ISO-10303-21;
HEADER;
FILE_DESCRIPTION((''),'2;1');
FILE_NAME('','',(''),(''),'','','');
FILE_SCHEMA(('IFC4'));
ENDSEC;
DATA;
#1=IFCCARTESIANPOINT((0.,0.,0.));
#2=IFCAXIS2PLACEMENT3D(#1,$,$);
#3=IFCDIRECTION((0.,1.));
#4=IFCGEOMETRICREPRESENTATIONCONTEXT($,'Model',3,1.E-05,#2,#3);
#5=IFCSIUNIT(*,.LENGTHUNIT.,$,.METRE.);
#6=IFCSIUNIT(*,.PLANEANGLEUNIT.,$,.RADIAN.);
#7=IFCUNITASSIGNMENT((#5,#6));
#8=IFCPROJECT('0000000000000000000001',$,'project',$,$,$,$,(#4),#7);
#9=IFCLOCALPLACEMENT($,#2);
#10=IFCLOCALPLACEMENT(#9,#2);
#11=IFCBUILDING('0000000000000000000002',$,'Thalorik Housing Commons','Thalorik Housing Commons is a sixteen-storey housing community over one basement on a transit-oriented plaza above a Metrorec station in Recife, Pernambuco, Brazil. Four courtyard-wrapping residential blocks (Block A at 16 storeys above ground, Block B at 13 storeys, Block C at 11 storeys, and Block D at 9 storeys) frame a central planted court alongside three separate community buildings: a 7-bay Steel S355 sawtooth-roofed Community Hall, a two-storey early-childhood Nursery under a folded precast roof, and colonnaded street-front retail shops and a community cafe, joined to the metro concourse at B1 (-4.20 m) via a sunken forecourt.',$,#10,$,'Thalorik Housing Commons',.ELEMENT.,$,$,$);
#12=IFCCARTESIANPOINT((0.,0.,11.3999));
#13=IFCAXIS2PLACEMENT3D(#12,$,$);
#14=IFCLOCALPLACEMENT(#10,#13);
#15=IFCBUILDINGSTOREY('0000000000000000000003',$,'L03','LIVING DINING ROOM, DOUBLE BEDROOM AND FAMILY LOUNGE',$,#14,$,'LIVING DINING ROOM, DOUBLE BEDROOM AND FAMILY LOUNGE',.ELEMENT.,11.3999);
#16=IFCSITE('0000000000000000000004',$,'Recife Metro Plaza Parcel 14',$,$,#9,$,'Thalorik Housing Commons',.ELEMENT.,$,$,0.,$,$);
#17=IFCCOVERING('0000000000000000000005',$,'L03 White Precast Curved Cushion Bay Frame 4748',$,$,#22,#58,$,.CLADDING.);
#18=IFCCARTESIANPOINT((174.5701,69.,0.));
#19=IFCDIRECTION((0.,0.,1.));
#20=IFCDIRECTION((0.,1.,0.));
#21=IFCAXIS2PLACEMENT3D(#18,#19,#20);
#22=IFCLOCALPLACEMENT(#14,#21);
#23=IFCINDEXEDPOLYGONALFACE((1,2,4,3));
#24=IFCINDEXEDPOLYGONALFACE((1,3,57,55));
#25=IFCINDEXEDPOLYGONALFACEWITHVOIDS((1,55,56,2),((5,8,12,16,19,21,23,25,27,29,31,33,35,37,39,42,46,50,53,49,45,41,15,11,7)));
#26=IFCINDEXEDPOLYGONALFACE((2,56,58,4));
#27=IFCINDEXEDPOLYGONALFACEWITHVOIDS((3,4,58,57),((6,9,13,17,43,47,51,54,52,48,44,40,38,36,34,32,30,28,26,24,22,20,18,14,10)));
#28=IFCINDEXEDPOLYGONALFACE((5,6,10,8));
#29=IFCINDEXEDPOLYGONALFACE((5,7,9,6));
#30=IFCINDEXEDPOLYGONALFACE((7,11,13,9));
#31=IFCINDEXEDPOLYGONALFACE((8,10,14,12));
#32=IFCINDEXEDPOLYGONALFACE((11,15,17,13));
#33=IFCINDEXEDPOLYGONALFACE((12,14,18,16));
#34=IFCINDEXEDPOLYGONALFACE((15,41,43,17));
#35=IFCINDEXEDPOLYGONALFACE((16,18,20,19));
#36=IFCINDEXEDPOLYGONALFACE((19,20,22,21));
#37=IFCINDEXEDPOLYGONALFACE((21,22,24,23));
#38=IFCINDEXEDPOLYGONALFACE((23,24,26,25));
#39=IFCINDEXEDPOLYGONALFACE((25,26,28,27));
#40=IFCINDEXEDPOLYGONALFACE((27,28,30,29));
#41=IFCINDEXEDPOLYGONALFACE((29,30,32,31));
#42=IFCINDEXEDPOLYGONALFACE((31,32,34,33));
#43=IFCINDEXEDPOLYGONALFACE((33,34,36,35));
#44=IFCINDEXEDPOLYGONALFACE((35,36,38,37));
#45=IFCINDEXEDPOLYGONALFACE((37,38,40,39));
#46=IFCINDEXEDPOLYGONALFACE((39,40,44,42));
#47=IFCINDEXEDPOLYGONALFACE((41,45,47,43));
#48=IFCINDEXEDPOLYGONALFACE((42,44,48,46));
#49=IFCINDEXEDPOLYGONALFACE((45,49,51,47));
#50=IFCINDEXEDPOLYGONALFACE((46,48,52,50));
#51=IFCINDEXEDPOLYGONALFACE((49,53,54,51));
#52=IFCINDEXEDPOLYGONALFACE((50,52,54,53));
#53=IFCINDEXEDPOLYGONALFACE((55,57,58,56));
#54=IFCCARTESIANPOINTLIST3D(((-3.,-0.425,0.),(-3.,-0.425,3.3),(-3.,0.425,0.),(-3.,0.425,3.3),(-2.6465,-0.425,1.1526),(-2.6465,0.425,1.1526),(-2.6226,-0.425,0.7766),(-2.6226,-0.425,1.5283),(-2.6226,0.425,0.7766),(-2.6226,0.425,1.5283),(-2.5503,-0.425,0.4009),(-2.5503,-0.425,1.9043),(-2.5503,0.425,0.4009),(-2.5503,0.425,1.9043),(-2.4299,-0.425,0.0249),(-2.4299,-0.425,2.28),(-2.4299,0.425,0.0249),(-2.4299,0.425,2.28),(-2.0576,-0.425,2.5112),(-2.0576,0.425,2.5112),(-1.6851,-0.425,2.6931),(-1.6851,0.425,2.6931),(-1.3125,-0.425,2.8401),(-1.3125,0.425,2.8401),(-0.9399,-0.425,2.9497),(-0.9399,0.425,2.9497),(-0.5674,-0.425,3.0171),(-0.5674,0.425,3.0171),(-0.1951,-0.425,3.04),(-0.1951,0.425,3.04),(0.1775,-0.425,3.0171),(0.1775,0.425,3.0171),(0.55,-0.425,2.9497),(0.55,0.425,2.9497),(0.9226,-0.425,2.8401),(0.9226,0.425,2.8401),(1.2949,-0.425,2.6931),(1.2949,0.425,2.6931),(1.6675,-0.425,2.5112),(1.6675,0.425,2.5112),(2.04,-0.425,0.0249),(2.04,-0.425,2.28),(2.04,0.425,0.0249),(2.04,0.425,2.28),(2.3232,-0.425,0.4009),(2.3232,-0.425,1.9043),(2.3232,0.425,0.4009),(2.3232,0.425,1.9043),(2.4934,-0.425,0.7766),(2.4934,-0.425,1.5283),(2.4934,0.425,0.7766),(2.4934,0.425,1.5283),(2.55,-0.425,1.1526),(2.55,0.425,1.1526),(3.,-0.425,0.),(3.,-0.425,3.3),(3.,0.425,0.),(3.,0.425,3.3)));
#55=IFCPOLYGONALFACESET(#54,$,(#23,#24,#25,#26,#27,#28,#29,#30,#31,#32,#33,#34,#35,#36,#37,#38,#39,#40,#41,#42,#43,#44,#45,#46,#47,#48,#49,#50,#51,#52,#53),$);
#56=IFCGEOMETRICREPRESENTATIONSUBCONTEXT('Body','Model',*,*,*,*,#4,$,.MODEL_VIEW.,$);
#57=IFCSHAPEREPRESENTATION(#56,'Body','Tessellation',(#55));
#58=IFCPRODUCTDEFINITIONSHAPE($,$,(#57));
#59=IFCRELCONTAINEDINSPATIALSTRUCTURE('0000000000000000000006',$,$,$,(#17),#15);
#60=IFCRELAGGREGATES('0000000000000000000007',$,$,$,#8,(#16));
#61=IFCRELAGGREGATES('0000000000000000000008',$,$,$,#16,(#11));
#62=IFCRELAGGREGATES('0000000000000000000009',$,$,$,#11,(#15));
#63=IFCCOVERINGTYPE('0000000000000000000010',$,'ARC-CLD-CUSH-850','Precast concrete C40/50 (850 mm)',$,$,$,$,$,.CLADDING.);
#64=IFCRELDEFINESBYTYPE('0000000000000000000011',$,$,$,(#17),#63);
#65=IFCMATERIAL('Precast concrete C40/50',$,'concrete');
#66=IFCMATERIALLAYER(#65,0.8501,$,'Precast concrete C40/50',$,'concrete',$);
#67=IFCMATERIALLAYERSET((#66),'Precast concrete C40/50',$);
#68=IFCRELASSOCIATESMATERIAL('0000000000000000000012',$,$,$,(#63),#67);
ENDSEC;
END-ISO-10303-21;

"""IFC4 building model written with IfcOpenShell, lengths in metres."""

from ifc_helpers import new_model, si_unit, direction, frame, origin, place, context, subcontext, project, spatial, polyline, outline, extrude, material, layer, layer_set, type_object, element, save


model = new_model("IFC4")

# Units and contexts
model_context = context("Model", 3, precision=1e-05, world=origin(), true_north=direction((0.0, 1.0)))
body_context = subcontext(model_context, "Body", "Model", "MODEL_VIEW")
ifc_project = project(units=[si_unit("LENGTHUNIT", "METRE"), si_unit("PLANEANGLEUNIT", "RADIAN")], contexts=[model_context])

# Site, building, storey
site_placement = place(None, origin())
site = spatial("IfcSite", under=ifc_project, at=site_placement, Name="Recife Metro Plaza Parcel 14", LongName="Thalorik Housing Commons", CompositionType="ELEMENT", RefElevation=0.0)
building_placement = place(site_placement, origin())
building = spatial("IfcBuilding", under=site, at=building_placement, Name="Thalorik Housing Commons", Description="Thalorik Housing Commons is a sixteen-storey housing community over one basement on a transit-oriented plaza above a Metrorec station in Recife, Pernambuco, Brazil. Four courtyard-wrapping residential blocks (Block A at 16 storeys above ground, Block B at 13 storeys, Block C at 11 storeys, and Block D at 9 storeys) frame a central planted court alongside three separate community buildings: a 7-bay Steel S355 sawtooth-roofed Community Hall, a two-storey early-childhood Nursery under a folded precast roof, and colonnaded street-front retail shops and a community cafe, joined to the metro concourse at B1 (-4.20 m) via a sunken forecourt.", LongName="Thalorik Housing Commons", CompositionType="ELEMENT")
storey_placement = place(building_placement, frame((0.0, 0.0, 11.3999)))
storey = spatial("IfcBuildingStorey", under=building, at=storey_placement, Name="L03", Description="LIVING DINING ROOM, DOUBLE BEDROOM AND FAMILY LOUNGE", LongName="LIVING DINING ROOM, DOUBLE BEDROOM AND FAMILY LOUNGE", CompositionType="ELEMENT", Elevation=11.3999)

# Shared definitions
ifc_material_1 = material(Name="Precast concrete C40/50", Category="concrete")

# Covering
ifc_layer_1 = layer(ifc_material_1, 0.8501, Name="Precast concrete C40/50", Category="concrete")
ifc_layer_set_1 = layer_set([ifc_layer_1], Name="Precast concrete C40/50")
covering_type_1 = type_object("IfcCoveringType", Name="ARC-CLD-CUSH-850", Description="Precast concrete C40/50 (850 mm)", PredefinedType="CLADDING", material=ifc_layer_set_1)
covering_1_placement = place(storey_placement, frame((174.5701, 69.0, 0.0), z_axis=(0.0, 0.0, 1.0), x_axis=(0.0, 1.0, 0.0)))
element("IfcCovering", 1, at=covering_1_placement, inside=storey, type_object=covering_type_1, Name="L03 White Precast Curved Cushion Bay Frame 4748", PredefinedType="CLADDING", context=body_context, shape_type="SweptSolid", body=[
    extrude(outline(polyline([(-3.0, 0.0), (3.0, 0.0), (3.0, 3.3), (-3.0, 3.3), (-3.0, 0.0)]), holes=[polyline([(2.04, 0.0249), (2.3232, 0.4009), (2.4934, 0.7766), (2.55, 1.1526), (2.4934, 1.5283), (2.3232, 1.9043), (2.04, 2.28), (1.6675, 2.5112), (1.2949, 2.6931), (0.9226, 2.8401), (0.55, 2.9497), (0.1775, 3.0171), (-0.1951, 3.04), (-0.5674, 3.0171), (-0.9399, 2.9497), (-1.3125, 2.8401), (-1.6851, 2.6931), (-2.0576, 2.5112), (-2.4299, 2.28), (-2.5503, 1.9043), (-2.6226, 1.5283), (-2.6465, 1.1526), (-2.6226, 0.7766), (-2.5503, 0.4009), (-2.4299, 0.0249), (2.04, 0.0249)])]), frame((0.0, 0.425, 0.0), z_axis=(0.0, -1.0, 0.0), x_axis=(1.0, 0.0, 0.0)), (0.0, 0.0, 1.0), 0.8501),
])

save(model, "model.ifc")
